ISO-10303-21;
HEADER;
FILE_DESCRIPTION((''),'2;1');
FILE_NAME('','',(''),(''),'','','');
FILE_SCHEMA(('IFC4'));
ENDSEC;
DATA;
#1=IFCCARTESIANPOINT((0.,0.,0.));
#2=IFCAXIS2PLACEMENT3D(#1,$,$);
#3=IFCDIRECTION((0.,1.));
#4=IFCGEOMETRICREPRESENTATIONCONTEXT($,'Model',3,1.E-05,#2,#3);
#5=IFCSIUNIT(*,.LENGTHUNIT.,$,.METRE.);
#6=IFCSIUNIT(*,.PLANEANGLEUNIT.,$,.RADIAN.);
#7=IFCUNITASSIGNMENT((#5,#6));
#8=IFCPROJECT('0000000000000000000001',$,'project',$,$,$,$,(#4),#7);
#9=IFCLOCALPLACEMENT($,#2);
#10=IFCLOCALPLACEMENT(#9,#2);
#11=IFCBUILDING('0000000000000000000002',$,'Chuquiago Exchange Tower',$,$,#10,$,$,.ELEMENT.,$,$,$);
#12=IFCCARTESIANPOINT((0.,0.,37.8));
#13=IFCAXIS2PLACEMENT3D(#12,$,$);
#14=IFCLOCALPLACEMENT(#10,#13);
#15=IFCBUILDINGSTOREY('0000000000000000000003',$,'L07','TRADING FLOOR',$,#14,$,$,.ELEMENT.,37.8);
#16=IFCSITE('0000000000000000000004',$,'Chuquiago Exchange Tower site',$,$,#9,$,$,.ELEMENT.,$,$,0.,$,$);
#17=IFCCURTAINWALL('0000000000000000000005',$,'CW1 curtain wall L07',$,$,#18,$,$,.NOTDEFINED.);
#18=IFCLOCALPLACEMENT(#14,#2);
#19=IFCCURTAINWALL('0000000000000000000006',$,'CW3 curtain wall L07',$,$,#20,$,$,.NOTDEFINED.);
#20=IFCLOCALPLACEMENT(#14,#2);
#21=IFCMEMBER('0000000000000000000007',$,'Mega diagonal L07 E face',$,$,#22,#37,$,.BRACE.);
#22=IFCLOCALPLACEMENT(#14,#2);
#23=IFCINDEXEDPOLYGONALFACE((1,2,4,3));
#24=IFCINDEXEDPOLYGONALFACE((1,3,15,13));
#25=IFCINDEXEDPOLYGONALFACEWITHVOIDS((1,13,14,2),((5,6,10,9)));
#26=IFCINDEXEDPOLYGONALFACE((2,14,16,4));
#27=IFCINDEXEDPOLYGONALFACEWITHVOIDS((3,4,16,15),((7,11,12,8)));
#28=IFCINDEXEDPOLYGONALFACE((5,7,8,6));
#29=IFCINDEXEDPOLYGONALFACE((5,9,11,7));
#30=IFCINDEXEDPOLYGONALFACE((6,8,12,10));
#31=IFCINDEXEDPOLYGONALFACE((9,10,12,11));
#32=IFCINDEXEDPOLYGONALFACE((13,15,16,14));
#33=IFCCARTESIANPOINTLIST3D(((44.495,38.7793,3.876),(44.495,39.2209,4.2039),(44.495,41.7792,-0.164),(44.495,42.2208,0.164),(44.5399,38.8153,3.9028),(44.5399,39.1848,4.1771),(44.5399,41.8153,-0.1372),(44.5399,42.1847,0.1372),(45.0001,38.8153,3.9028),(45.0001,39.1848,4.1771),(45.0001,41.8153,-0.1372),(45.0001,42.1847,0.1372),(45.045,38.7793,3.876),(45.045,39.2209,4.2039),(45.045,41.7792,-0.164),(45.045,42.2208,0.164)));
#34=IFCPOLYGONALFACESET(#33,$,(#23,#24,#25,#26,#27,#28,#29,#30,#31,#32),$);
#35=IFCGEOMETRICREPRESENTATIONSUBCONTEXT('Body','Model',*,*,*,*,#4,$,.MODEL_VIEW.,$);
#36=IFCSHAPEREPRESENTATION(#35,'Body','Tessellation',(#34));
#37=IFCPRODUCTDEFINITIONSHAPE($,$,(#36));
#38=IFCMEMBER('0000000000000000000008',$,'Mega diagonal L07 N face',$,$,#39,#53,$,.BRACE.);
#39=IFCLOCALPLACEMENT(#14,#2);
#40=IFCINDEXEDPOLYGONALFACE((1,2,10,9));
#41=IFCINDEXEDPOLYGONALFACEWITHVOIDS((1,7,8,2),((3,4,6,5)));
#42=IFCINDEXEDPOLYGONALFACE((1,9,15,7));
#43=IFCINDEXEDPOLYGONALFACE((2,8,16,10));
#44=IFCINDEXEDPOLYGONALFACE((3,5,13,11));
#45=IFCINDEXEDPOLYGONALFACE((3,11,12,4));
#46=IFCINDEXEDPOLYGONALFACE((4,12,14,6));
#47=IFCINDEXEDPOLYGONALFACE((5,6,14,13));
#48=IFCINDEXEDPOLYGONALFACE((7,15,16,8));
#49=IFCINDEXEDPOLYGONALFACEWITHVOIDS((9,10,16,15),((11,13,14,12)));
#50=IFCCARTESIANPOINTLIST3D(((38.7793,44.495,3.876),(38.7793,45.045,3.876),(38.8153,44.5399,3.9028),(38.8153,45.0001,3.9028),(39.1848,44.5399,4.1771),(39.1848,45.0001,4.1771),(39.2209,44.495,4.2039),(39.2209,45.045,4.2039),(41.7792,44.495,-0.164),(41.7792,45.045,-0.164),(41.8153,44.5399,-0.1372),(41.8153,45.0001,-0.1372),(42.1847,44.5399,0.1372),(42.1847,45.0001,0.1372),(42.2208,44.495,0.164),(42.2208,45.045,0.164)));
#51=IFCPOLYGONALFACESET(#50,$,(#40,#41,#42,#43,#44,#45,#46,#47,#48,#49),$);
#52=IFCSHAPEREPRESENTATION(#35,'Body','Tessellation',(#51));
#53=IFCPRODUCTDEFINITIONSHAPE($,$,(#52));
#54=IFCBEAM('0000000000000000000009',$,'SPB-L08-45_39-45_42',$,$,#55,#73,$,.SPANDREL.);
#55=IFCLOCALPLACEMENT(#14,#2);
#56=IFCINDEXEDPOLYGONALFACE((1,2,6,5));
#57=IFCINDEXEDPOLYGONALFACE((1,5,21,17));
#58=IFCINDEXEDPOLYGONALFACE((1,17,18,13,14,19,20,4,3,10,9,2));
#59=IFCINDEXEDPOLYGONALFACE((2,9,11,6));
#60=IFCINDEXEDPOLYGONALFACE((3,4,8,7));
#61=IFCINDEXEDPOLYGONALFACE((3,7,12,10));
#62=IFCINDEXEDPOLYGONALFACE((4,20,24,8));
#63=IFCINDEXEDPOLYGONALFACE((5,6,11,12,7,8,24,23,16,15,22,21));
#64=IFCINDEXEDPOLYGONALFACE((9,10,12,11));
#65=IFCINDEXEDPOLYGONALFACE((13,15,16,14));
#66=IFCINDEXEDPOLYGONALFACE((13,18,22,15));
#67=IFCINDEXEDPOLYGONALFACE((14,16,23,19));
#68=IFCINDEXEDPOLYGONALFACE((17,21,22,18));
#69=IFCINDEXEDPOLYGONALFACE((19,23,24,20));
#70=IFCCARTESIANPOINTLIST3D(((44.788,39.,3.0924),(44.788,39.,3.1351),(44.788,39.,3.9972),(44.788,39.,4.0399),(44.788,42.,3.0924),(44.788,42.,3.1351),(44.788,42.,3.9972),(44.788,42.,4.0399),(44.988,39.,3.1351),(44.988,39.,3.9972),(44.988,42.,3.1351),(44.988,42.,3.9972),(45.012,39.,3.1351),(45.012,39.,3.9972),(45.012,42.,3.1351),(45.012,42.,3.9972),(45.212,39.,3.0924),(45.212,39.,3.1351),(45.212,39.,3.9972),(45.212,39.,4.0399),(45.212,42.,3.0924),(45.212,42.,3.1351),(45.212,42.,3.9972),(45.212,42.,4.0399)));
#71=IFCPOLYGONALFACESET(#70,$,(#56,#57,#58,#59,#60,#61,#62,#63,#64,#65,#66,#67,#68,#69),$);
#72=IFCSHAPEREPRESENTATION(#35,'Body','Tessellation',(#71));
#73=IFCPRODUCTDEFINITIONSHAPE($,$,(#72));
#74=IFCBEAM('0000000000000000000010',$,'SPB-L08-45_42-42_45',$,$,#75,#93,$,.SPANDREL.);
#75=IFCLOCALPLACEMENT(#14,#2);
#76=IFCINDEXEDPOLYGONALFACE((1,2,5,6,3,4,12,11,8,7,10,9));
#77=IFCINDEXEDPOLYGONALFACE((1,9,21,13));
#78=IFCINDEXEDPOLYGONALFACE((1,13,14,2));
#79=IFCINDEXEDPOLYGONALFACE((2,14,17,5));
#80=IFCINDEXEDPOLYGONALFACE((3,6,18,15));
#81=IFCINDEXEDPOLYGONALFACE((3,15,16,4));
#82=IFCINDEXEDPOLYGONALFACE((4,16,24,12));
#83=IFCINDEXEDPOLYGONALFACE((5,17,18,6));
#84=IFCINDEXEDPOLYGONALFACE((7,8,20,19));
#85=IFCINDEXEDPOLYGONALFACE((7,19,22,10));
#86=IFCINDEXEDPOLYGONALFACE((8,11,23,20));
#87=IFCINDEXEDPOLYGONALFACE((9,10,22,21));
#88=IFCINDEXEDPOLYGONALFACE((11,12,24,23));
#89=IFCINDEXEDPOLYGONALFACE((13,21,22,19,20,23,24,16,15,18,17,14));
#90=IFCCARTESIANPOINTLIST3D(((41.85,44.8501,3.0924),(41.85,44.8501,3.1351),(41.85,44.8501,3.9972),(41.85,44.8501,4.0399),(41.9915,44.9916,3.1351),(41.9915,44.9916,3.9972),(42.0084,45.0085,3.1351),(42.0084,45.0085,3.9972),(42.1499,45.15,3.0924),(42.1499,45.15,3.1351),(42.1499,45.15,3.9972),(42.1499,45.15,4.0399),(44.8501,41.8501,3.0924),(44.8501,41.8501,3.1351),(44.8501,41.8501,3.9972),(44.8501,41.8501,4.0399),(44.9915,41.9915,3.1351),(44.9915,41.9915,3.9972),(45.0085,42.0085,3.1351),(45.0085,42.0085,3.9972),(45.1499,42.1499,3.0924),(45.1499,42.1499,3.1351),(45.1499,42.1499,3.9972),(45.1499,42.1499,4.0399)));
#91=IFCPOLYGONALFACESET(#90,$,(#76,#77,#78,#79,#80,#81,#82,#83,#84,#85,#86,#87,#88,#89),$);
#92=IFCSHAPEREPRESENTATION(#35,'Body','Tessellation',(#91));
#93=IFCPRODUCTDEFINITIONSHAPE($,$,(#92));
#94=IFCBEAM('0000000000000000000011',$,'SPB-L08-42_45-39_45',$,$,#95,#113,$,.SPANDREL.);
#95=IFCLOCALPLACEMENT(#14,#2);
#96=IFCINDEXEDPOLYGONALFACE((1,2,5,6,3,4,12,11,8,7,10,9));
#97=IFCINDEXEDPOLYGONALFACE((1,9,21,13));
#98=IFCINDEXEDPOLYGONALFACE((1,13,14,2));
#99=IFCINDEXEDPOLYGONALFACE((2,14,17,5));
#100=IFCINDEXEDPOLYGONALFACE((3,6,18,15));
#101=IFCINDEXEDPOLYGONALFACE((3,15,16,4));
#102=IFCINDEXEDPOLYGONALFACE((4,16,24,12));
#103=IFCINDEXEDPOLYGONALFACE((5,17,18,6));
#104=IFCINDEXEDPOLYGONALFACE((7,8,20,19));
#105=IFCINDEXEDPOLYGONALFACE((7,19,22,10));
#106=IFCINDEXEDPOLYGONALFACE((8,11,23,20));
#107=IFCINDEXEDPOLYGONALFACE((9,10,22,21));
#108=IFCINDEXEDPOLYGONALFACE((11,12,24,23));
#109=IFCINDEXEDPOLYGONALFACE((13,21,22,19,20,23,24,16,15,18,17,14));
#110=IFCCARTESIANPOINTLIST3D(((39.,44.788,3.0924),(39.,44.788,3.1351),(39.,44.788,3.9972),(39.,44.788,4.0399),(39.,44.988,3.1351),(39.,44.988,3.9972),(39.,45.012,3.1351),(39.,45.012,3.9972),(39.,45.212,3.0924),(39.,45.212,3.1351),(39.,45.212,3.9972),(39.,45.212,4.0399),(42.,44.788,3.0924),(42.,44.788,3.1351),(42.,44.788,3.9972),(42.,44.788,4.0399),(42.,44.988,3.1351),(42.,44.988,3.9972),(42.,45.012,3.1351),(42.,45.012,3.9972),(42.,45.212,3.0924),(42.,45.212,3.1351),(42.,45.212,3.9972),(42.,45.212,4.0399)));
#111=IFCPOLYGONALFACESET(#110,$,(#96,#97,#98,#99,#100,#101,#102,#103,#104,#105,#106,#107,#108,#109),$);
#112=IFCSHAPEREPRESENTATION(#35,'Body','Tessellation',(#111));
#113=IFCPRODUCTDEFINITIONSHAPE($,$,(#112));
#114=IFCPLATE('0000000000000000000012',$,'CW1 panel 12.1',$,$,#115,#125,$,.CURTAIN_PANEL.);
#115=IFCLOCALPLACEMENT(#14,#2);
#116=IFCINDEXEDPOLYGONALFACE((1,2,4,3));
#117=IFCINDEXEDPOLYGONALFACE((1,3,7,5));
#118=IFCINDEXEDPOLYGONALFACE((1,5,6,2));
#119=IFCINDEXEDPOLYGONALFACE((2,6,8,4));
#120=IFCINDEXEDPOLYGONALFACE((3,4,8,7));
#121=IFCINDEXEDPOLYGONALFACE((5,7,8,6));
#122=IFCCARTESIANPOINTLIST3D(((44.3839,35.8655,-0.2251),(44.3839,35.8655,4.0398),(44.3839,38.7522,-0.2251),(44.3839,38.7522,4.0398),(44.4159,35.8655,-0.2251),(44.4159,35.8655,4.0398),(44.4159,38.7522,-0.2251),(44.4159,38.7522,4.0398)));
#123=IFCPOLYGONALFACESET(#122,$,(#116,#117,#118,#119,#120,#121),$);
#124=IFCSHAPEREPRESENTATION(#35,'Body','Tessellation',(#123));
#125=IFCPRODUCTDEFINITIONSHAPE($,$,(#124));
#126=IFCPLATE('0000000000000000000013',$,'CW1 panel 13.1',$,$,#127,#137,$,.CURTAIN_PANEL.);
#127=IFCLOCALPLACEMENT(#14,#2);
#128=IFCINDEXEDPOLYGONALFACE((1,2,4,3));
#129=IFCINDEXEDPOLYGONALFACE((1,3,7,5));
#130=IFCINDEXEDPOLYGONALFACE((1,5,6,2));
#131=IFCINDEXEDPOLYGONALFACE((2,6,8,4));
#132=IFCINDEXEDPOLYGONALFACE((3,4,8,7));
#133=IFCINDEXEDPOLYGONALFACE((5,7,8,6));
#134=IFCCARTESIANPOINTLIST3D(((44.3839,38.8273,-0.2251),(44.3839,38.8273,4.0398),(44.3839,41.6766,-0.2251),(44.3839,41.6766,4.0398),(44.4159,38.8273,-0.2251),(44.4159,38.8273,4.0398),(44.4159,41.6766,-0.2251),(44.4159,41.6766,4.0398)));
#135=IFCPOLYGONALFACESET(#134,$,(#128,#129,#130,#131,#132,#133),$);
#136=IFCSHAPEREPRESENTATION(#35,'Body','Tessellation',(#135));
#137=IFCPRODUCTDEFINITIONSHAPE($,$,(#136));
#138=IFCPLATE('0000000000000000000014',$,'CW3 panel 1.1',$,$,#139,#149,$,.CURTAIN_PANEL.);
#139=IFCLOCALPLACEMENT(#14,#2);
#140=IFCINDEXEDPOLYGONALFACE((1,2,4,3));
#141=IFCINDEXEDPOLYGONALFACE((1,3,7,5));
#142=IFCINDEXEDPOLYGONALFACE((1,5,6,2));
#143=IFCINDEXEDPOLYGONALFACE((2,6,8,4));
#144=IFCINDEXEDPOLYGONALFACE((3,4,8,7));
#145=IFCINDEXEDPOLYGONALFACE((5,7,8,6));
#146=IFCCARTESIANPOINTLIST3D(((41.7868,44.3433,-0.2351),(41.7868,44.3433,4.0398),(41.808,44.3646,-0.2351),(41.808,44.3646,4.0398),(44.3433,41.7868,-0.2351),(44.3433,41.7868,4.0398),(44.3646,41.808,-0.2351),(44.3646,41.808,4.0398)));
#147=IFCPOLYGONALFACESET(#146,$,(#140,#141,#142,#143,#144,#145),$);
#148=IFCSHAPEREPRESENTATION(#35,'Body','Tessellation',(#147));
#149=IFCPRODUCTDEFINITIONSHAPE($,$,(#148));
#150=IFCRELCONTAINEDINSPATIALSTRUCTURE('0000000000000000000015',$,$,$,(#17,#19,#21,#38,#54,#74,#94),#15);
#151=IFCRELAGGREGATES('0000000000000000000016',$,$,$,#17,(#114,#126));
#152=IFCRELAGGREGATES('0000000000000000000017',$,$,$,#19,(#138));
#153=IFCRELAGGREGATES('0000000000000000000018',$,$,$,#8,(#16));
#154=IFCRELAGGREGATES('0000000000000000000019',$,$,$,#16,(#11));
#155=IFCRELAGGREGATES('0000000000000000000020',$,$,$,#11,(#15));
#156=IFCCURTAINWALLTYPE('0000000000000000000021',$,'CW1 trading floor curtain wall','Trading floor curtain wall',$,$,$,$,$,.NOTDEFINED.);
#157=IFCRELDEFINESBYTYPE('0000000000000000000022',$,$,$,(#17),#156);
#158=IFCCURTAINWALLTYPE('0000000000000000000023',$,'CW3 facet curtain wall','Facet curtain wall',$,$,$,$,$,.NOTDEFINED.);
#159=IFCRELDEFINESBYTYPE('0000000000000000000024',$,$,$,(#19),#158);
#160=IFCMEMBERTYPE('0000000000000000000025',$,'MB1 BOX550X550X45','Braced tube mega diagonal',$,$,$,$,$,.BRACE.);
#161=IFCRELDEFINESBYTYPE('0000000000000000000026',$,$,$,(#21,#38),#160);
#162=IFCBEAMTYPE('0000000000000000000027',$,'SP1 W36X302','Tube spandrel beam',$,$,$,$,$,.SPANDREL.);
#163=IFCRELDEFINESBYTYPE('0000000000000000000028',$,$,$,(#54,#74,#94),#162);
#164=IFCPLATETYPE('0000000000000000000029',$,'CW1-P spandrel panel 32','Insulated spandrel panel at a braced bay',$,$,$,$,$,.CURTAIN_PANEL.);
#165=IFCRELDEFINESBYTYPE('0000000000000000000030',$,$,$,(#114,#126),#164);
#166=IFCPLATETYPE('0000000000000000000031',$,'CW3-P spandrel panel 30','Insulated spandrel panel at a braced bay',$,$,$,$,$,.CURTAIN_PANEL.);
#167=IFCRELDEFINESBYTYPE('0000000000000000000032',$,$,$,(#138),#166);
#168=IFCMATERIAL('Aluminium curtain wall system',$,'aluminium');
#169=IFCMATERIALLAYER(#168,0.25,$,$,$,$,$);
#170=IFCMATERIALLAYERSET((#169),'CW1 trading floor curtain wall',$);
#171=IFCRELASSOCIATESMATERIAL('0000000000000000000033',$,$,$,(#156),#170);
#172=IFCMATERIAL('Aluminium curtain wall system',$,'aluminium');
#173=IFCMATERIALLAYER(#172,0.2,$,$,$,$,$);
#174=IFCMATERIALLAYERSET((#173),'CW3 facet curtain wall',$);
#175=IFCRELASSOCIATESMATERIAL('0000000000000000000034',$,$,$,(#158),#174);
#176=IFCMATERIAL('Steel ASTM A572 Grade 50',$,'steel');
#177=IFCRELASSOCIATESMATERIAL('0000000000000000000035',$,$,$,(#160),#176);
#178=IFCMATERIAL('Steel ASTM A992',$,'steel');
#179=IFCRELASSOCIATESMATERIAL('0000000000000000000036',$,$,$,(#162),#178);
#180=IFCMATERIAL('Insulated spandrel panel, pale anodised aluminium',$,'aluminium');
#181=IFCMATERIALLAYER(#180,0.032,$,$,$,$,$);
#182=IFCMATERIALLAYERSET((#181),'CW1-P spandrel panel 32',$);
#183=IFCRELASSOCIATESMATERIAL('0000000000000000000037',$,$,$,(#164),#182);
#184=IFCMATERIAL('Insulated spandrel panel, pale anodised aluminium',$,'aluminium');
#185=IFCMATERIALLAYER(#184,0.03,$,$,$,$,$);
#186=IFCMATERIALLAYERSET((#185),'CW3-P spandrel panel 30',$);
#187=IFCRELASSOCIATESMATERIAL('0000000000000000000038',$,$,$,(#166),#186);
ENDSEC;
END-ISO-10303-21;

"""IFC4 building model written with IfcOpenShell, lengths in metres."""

from ifc_helpers import new_model, si_unit, direction, frame, origin, origin_2d, place, context, subcontext, project, spatial, rectangle, hollow_rectangle, i_section, extrude, material, layer, layer_set, material_profile, profile_set, type_object, element, aggregate, save


model = new_model("IFC4")

# Units and contexts
model_context = context("Model", 3, precision=1e-05, world=origin(), true_north=direction((0.0, 1.0)))
body_context = subcontext(model_context, "Body", "Model", "MODEL_VIEW")
ifc_project = project(units=[si_unit("LENGTHUNIT", "METRE"), si_unit("PLANEANGLEUNIT", "RADIAN")], contexts=[model_context])

# Site, building, storey
site_placement = place(None, origin())
site = spatial("IfcSite", under=ifc_project, at=site_placement, Name="Chuquiago Exchange Tower site", CompositionType="ELEMENT", RefElevation=0.0)
building_placement = place(site_placement, origin())
building = spatial("IfcBuilding", under=site, at=building_placement, Name="Chuquiago Exchange Tower", CompositionType="ELEMENT")
storey_placement = place(building_placement, frame((0.0, 0.0, 37.8)))
storey = spatial("IfcBuildingStorey", under=building, at=storey_placement, Name="L07", Description="TRADING FLOOR", CompositionType="ELEMENT", Elevation=37.8)

# Curtain wall
ifc_material_1 = material(Name="Aluminium curtain wall system", Category="aluminium")
ifc_layer_1 = layer(ifc_material_1, 0.25)
ifc_layer_set_1 = layer_set([ifc_layer_1], Name="CW1 trading floor curtain wall")
curtain_wall_type_1 = type_object("IfcCurtainWallType", Name="CW1 trading floor curtain wall", Description="Trading floor curtain wall", PredefinedType="NOTDEFINED", material=ifc_layer_set_1)
curtain_wall_1_placement = place(storey_placement, origin())
curtain_wall_1 = element("IfcCurtainWall", 1, at=curtain_wall_1_placement, inside=storey, type_object=curtain_wall_type_1, Name="CW1 curtain wall L07", PredefinedType="NOTDEFINED")

# Curtain wall
ifc_material_2 = material(Name="Aluminium curtain wall system", Category="aluminium")
ifc_layer_2 = layer(ifc_material_2, 0.2)
ifc_layer_set_2 = layer_set([ifc_layer_2], Name="CW3 facet curtain wall")
curtain_wall_type_2 = type_object("IfcCurtainWallType", Name="CW3 facet curtain wall", Description="Facet curtain wall", PredefinedType="NOTDEFINED", material=ifc_layer_set_2)
curtain_wall_2_placement = place(storey_placement, origin())
curtain_wall_2 = element("IfcCurtainWall", 2, at=curtain_wall_2_placement, inside=storey, type_object=curtain_wall_type_2, Name="CW3 curtain wall L07", PredefinedType="NOTDEFINED")

# Members
ifc_material_3 = material(Name="Steel ASTM A572 Grade 50", Category="steel")
ifc_material_profile_1 = material_profile(ifc_material_3, hollow_rectangle(XDim=0.55, YDim=0.55, WallThickness=0.0449, at=origin_2d()), Name="BOX550X550X45")
ifc_profile_set_1 = profile_set([ifc_material_profile_1], Name="Steel ASTM A572 Grade 50")
member_type_1 = type_object("IfcMemberType", Name="MB1 BOX550X550X45", Description="Braced tube mega diagonal", PredefinedType="BRACE", material=ifc_profile_set_1)
for number, where, z_axis, x_axis, name in (
    (3, (44.77, 42.0, 0.0), (0.0, -0.596174, 0.802855), (1.0, 0.0, 0.0), "Mega diagonal L07 E face"),
    (4, (42.0, 44.77, 0.0), (-0.596174, 0.0, 0.802855), (0.0, -1.0, 0.0), "Mega diagonal L07 N face"),
):
    element("IfcMember", number, at=place(storey_placement, frame(where, z_axis=z_axis, x_axis=x_axis)), inside=storey, type_object=member_type_1, Name=name, PredefinedType="BRACE", context=body_context, shape_type="SweptSolid", body=[
        extrude(hollow_rectangle(XDim=0.55, YDim=0.55, WallThickness=0.0449, at=origin_2d()), origin(), (0.0, 0.0, 1.0), 5.032),
    ])

# Beams
ifc_material_4 = material(Name="Steel ASTM A992", Category="steel")
ifc_material_profile_2 = material_profile(ifc_material_4, i_section(OverallWidth=0.4241, OverallDepth=0.9475, WebThickness=0.0239, FlangeThickness=0.0427, at=origin_2d()), Name="W36X302")
ifc_profile_set_2 = profile_set([ifc_material_profile_2], Name="Steel ASTM A992")
beam_type = type_object("IfcBeamType", Name="SP1 W36X302", Description="Tube spandrel beam", PredefinedType="SPANDREL", material=ifc_profile_set_2)
beam_1_placement = place(storey_placement, frame((45.0, 39.0, 3.5662), z_axis=(0.0, 1.0, 0.0), x_axis=(-1.0, 0.0, 0.0)))
element("IfcBeam", 5, at=beam_1_placement, inside=storey, type_object=beam_type, Name="SPB-L08-45_39-45_42", PredefinedType="SPANDREL", context=body_context, shape_type="SweptSolid", body=[
    extrude(i_section(OverallWidth=0.4241, OverallDepth=0.9475, WebThickness=0.0239, FlangeThickness=0.0427, at=origin_2d()), origin(), (0.0, 0.0, 1.0), 3.0),
])
beam_2_placement = place(storey_placement, frame((45.0, 42.0, 3.5662), z_axis=(-0.707107, 0.707107, 0.0), x_axis=(-0.707107, -0.707107, 0.0)))
element("IfcBeam", 6, at=beam_2_placement, inside=storey, type_object=beam_type, Name="SPB-L08-45_42-42_45", PredefinedType="SPANDREL", context=body_context, shape_type="SweptSolid", body=[
    extrude(i_section(OverallWidth=0.4241, OverallDepth=0.9475, WebThickness=0.0239, FlangeThickness=0.0427, at=origin_2d()), origin(), (0.0, 0.0, 1.0), 4.2427),
])
beam_3_placement = place(storey_placement, frame((42.0, 45.0, 3.5662), z_axis=(-1.0, 0.0, 0.0), x_axis=(0.0, -1.0, 0.0)))
element("IfcBeam", 7, at=beam_3_placement, inside=storey, type_object=beam_type, Name="SPB-L08-42_45-39_45", PredefinedType="SPANDREL", context=body_context, shape_type="SweptSolid", body=[
    extrude(i_section(OverallWidth=0.4241, OverallDepth=0.9475, WebThickness=0.0239, FlangeThickness=0.0427, at=origin_2d()), origin(), (0.0, 0.0, 1.0), 3.0),
])

# Plates
ifc_material_5 = material(Name="Insulated spandrel panel, pale anodised aluminium", Category="aluminium")
ifc_layer_3 = layer(ifc_material_5, 0.032)
ifc_layer_set_3 = layer_set([ifc_layer_3], Name="CW1-P spandrel panel 32")
plate_type_1 = type_object("IfcPlateType", Name="CW1-P spandrel panel 32", Description="Insulated spandrel panel at a braced bay", PredefinedType="CURTAIN_PANEL", material=ifc_layer_set_3)
plate_1_placement = place(storey_placement, frame((44.3999, 37.3088, -0.2251), z_axis=(0.0, 0.0, 1.0), x_axis=(0.0, 1.0, 0.0)))
plate_1 = element("IfcPlate", 8, at=plate_1_placement, type_object=plate_type_1, Name="CW1 panel 12.1", PredefinedType="CURTAIN_PANEL", context=body_context, shape_type="SweptSolid", body=[
    extrude(rectangle(XDim=2.8867, YDim=0.032, at=origin_2d()), origin(), (0.0, 0.0, 1.0), 4.2649),
])
plate_2_placement = place(storey_placement, frame((44.3999, 40.252, -0.2251), z_axis=(0.0, 0.0, 1.0), x_axis=(0.0, 1.0, 0.0)))
plate_2 = element("IfcPlate", 9, at=plate_2_placement, type_object=plate_type_1, Name="CW1 panel 13.1", PredefinedType="CURTAIN_PANEL", context=body_context, shape_type="SweptSolid", body=[
    extrude(rectangle(XDim=2.8494, YDim=0.032, at=origin_2d()), origin(), (0.0, 0.0, 1.0), 4.2649),
])
aggregate(curtain_wall_1, [plate_1, plate_2])
ifc_material_6 = material(Name="Insulated spandrel panel, pale anodised aluminium", Category="aluminium")
ifc_layer_4 = layer(ifc_material_6, 0.03)
ifc_layer_set_4 = layer_set([ifc_layer_4], Name="CW3-P spandrel panel 30")
plate_type_2 = type_object("IfcPlateType", Name="CW3-P spandrel panel 30", Description="Insulated spandrel panel at a braced bay", PredefinedType="CURTAIN_PANEL", material=ifc_layer_set_4)
plate_3_placement = place(storey_placement, frame((43.0757, 43.0757, -0.2351), z_axis=(0.0, 0.0, 1.0), x_axis=(-0.707107, 0.707107, 0.0)))
plate_3 = element("IfcPlate", 10, at=plate_3_placement, type_object=plate_type_2, Name="CW3 panel 1.1", PredefinedType="CURTAIN_PANEL", context=body_context, shape_type="SweptSolid", body=[
    extrude(rectangle(XDim=3.6155, YDim=0.03, at=origin_2d()), origin(), (0.0, 0.0, 1.0), 4.2749),
])
aggregate(curtain_wall_2, [plate_3])

save(model, "model.ifc")
